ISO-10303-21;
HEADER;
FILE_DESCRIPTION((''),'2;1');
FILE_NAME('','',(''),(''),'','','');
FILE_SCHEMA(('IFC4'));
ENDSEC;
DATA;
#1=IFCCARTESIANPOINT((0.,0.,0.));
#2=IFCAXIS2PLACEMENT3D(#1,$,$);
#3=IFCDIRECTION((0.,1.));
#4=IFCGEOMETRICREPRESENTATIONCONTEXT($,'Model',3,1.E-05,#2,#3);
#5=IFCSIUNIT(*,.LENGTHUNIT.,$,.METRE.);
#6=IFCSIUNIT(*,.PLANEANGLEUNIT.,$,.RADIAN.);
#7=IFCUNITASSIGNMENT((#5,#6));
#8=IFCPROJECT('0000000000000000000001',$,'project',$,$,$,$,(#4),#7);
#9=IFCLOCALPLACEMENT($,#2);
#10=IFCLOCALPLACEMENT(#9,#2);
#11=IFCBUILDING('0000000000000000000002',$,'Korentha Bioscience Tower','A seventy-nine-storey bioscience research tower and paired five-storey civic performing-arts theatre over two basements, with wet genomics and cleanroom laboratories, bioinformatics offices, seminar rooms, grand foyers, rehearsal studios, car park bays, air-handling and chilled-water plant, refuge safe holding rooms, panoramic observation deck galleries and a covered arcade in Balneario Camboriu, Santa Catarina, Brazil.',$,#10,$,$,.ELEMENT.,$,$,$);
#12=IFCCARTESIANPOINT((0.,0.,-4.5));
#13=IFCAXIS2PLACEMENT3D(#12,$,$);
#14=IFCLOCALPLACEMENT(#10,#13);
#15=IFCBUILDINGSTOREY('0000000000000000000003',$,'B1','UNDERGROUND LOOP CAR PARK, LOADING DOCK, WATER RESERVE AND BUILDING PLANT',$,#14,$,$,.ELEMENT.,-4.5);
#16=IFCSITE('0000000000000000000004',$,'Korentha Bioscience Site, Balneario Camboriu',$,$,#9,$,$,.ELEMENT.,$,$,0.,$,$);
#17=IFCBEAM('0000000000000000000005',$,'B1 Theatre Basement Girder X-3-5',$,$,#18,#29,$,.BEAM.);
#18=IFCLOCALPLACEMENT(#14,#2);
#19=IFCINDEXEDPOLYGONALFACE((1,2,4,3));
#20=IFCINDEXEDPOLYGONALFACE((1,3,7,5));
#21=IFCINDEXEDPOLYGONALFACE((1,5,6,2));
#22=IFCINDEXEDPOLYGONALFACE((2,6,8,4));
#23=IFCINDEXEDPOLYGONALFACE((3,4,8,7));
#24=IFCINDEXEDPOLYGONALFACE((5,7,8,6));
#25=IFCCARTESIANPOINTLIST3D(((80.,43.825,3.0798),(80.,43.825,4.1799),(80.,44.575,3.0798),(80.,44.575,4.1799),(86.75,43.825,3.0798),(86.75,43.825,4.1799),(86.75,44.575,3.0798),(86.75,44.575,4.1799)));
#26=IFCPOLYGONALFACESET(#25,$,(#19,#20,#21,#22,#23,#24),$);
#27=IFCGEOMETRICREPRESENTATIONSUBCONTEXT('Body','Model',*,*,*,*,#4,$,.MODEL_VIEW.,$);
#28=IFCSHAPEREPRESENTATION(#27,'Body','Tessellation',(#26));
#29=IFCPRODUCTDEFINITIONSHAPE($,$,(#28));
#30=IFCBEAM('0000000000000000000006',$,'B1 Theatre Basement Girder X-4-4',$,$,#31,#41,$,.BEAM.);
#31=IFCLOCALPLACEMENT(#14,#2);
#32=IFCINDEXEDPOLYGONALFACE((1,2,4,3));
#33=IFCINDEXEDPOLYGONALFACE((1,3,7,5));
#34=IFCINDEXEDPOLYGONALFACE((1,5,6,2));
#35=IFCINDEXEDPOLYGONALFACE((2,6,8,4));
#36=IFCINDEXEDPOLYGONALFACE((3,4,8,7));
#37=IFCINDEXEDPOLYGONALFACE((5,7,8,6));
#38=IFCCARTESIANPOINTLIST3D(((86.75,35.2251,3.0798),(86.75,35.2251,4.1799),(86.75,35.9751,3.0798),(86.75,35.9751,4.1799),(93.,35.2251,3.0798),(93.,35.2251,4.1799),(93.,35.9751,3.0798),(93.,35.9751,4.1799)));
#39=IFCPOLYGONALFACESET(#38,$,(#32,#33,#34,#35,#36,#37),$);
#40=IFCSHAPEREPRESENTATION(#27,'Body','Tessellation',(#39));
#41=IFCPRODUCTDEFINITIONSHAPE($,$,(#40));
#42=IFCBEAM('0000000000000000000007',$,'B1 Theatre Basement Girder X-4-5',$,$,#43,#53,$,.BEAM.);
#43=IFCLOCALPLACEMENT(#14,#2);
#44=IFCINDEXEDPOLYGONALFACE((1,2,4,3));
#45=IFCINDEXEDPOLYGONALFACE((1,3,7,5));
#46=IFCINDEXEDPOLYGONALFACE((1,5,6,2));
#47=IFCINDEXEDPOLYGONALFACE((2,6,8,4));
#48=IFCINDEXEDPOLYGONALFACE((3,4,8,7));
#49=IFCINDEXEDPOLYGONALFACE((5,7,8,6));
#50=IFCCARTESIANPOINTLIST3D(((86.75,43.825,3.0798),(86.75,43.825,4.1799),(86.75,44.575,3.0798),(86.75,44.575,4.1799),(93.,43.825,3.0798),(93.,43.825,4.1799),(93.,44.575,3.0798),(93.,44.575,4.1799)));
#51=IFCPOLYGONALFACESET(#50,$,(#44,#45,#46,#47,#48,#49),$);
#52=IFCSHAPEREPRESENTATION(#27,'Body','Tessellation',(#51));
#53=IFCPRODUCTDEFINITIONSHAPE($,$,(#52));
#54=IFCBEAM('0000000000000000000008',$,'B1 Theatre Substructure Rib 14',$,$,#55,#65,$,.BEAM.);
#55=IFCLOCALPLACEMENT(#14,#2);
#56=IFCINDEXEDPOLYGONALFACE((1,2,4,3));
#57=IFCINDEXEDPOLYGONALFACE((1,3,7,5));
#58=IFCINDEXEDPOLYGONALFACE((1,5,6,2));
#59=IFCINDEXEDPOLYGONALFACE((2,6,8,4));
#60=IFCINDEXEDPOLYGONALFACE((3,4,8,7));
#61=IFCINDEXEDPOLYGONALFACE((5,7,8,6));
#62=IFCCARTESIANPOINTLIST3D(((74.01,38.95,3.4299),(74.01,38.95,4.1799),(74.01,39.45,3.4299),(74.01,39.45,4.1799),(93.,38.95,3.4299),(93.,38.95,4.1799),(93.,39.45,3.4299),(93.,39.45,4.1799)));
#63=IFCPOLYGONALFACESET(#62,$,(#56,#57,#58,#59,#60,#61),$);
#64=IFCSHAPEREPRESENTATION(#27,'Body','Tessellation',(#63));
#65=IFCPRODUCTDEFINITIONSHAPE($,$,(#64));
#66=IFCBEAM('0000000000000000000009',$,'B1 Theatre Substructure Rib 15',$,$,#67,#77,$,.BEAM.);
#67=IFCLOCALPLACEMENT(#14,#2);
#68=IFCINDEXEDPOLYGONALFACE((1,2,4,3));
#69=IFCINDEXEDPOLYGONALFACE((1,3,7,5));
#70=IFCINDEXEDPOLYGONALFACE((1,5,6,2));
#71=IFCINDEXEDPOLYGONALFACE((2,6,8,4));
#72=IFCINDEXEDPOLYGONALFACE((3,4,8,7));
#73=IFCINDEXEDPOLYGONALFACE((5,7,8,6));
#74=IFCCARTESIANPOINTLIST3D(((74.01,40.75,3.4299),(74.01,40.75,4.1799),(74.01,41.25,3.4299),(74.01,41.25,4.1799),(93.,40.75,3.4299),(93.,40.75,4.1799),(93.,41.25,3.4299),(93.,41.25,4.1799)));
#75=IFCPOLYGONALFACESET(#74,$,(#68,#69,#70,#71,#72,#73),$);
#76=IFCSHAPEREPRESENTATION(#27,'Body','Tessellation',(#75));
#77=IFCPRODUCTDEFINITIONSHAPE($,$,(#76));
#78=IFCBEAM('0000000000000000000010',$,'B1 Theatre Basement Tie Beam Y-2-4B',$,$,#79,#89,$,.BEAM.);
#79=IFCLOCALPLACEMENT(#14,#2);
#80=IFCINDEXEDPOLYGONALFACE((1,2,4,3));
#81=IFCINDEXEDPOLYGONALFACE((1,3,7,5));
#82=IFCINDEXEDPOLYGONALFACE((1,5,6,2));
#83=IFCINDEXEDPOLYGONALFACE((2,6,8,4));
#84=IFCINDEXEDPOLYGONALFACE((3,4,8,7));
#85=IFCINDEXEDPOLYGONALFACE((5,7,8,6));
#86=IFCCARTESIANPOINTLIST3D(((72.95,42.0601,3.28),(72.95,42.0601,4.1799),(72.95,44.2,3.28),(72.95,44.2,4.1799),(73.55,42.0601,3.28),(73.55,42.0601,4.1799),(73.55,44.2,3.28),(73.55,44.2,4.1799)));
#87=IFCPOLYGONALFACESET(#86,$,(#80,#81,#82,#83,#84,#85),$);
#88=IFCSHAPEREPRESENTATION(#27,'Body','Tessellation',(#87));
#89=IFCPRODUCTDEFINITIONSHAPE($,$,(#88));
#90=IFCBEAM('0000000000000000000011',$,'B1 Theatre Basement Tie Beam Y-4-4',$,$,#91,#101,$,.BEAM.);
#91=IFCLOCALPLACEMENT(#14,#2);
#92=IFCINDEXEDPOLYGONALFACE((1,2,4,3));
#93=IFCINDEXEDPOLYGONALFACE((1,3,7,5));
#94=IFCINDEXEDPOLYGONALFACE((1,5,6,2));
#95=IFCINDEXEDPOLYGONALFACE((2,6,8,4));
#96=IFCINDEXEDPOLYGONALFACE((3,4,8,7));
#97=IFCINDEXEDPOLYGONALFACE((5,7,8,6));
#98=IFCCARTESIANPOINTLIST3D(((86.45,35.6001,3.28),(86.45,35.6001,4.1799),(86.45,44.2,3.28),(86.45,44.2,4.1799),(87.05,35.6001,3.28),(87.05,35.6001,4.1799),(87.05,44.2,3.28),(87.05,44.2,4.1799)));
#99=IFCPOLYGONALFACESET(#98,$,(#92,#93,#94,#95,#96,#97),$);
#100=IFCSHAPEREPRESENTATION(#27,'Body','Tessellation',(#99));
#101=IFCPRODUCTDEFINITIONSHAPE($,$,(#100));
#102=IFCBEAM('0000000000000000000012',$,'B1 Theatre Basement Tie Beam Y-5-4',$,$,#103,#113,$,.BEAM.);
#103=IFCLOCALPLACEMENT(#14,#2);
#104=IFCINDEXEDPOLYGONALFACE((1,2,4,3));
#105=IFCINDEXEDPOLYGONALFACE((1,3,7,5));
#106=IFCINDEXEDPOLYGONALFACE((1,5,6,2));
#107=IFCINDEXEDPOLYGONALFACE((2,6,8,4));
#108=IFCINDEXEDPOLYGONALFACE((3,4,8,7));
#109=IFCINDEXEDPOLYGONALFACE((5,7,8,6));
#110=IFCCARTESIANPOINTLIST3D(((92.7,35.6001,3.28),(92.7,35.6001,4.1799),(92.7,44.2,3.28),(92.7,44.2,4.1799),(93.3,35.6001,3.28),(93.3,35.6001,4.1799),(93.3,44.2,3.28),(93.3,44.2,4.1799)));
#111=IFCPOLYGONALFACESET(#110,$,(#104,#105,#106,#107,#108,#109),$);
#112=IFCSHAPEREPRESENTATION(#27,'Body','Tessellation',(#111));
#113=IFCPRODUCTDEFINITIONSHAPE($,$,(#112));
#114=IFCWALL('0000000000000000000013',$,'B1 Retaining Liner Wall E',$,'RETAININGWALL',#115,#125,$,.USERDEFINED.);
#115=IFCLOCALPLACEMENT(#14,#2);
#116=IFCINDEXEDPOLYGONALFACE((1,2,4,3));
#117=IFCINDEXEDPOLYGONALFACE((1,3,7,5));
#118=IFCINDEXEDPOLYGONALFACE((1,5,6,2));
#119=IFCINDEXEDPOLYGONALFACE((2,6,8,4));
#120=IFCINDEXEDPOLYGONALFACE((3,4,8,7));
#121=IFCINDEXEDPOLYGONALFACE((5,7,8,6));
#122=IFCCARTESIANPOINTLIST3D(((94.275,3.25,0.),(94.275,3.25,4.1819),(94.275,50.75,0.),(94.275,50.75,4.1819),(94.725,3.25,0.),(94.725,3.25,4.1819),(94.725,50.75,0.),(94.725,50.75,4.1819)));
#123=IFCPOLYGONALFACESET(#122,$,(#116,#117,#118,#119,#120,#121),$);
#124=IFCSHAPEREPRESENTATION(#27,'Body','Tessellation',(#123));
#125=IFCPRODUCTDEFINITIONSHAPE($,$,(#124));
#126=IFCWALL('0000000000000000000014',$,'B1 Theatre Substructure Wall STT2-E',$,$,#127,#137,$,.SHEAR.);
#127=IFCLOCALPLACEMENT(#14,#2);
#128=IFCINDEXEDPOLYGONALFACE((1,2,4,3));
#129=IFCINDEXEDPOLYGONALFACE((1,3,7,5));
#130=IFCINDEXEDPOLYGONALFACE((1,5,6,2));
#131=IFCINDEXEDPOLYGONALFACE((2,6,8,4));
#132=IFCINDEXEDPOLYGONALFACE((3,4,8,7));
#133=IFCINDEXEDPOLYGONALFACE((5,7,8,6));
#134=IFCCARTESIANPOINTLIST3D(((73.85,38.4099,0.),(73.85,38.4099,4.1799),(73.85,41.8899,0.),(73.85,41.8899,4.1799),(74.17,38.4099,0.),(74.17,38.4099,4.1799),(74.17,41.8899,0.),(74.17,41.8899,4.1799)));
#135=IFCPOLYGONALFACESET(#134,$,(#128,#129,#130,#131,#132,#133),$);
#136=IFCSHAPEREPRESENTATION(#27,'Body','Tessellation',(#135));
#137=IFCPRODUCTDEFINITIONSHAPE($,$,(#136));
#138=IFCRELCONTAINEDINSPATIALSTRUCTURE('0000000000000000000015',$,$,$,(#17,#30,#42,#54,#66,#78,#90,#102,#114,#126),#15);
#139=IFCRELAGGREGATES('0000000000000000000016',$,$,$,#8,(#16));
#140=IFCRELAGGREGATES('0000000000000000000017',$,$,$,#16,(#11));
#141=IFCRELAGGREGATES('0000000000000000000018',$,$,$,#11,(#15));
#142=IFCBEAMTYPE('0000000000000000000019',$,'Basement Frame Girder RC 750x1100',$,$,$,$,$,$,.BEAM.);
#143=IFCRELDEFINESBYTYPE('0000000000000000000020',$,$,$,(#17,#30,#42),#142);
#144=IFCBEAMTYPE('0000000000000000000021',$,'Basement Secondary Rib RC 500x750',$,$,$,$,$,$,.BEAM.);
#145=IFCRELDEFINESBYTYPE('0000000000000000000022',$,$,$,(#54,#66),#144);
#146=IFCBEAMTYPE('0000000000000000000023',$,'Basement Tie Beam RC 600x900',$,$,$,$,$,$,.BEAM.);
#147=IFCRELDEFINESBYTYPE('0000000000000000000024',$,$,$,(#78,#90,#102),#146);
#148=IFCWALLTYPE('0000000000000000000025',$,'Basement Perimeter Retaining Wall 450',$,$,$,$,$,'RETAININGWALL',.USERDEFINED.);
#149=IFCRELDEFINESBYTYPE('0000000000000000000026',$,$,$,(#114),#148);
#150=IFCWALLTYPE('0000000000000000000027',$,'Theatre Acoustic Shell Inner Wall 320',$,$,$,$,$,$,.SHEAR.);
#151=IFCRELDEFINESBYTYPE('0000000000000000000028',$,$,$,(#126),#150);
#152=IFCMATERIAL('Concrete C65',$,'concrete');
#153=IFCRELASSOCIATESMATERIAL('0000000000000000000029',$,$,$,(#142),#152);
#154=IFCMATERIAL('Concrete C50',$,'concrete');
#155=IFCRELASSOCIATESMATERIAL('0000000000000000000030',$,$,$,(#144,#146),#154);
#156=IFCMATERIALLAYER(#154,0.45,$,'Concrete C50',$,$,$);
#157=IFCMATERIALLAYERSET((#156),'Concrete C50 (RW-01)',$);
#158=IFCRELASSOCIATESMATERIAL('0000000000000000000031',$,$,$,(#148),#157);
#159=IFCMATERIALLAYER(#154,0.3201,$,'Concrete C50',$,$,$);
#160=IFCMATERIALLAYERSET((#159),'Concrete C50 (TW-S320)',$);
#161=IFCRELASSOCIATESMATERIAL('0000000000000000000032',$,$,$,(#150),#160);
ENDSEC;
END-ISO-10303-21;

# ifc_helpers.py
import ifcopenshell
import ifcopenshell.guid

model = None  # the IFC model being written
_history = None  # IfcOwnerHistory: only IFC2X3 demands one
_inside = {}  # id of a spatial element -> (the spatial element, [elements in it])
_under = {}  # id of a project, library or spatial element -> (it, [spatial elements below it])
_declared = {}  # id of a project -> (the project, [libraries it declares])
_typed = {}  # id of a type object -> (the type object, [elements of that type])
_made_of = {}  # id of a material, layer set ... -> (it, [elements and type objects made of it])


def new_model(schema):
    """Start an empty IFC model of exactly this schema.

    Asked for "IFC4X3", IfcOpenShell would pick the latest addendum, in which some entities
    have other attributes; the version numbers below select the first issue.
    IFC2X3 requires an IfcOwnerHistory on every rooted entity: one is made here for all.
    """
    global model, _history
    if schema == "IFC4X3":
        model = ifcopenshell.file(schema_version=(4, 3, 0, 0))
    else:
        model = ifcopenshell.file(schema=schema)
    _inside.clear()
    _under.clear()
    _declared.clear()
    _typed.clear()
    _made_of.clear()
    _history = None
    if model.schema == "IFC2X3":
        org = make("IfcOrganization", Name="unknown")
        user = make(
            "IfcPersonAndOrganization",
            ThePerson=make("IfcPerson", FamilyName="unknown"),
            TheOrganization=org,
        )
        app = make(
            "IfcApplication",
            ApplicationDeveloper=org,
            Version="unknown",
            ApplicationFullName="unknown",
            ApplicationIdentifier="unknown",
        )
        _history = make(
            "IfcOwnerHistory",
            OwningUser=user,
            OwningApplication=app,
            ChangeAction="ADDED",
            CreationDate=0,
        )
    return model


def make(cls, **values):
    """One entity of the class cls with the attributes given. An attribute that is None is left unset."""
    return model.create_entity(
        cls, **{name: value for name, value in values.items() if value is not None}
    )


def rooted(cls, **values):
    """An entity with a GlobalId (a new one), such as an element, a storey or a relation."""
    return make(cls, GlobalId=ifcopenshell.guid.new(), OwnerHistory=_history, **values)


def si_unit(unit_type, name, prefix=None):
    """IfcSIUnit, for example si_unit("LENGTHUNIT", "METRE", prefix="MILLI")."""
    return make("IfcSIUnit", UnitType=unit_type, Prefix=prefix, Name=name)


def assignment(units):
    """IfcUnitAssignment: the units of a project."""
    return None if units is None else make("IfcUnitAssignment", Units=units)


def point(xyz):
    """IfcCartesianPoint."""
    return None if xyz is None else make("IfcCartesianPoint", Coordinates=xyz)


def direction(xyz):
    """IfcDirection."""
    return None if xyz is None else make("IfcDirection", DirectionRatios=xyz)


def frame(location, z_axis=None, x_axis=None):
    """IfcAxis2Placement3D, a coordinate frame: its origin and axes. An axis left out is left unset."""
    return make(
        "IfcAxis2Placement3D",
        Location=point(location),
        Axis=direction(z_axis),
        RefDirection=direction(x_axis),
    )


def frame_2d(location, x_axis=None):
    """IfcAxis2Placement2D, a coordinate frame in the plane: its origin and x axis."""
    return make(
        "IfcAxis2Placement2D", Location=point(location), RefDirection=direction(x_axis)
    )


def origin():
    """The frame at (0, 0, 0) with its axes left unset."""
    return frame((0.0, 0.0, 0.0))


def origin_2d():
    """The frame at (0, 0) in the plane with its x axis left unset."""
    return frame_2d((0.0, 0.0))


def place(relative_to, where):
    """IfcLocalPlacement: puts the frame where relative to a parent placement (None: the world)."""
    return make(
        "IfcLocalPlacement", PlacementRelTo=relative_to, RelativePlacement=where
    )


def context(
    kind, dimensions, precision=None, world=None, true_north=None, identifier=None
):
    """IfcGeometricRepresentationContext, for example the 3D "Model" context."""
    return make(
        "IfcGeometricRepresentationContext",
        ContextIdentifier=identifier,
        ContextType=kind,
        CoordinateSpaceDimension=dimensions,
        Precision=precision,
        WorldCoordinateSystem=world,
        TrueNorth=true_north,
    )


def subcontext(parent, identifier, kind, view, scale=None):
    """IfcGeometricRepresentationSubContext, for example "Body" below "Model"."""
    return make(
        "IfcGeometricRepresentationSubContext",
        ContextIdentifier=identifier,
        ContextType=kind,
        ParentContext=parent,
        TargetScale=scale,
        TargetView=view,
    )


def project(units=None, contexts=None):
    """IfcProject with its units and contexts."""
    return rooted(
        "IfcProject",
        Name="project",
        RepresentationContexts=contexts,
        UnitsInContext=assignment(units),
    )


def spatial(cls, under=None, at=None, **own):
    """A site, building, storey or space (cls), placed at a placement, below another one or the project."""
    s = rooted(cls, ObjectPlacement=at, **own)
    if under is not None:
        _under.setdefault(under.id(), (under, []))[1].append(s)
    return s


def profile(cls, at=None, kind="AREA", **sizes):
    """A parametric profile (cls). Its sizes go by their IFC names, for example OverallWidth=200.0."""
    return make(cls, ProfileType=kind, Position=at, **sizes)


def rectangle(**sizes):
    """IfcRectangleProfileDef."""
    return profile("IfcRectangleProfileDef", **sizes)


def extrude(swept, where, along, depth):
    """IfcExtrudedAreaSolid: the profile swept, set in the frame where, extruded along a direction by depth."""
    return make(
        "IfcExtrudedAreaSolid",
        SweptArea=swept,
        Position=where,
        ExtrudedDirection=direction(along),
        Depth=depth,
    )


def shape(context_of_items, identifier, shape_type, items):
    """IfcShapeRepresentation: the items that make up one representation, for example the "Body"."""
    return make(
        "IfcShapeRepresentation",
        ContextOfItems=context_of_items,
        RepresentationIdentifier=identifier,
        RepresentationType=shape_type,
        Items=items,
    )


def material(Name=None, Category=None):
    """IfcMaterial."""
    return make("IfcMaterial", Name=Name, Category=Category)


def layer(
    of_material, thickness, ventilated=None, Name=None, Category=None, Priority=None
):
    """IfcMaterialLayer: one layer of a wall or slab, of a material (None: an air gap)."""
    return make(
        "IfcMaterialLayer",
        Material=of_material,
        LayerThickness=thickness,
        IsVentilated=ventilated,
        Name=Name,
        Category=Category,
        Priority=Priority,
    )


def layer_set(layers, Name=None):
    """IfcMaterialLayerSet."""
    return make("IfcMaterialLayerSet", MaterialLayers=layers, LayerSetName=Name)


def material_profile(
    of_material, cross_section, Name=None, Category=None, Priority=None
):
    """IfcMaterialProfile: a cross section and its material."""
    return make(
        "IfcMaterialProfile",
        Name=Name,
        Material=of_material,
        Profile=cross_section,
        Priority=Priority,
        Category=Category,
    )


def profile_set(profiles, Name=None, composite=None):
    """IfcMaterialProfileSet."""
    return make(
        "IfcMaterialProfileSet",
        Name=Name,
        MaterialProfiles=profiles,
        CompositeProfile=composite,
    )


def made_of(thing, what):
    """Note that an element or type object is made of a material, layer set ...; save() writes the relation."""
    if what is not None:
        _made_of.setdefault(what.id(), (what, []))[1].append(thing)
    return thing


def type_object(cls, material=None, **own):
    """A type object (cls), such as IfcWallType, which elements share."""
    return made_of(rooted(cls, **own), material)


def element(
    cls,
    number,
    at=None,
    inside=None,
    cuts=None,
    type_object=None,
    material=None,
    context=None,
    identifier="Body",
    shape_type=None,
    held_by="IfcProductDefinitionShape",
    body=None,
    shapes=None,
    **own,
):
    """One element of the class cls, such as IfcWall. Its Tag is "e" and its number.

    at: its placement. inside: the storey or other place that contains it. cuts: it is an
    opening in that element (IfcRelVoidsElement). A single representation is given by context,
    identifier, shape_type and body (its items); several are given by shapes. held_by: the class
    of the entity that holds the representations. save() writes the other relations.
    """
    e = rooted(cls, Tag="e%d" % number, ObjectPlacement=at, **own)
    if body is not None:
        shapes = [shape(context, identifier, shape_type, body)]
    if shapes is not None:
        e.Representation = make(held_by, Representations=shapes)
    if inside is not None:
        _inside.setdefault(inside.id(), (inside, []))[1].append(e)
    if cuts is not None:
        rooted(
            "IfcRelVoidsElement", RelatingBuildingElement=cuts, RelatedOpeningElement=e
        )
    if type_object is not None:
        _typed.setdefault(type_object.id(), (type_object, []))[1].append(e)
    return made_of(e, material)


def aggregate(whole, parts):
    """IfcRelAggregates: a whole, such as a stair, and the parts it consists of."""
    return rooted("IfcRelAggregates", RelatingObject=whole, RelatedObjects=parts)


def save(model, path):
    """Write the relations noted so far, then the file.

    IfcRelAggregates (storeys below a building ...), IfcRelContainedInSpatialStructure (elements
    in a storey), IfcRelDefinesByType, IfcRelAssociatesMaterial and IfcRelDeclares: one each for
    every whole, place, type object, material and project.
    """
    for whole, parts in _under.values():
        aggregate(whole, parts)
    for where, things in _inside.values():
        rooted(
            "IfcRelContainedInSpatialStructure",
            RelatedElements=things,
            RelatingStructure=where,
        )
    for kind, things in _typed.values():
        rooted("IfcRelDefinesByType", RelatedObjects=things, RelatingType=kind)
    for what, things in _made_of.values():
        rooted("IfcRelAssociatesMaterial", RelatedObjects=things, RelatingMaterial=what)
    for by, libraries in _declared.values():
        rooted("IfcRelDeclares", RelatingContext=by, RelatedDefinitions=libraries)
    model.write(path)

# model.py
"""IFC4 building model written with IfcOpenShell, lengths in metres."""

from ifc_helpers import new_model, si_unit, direction, frame, frame_2d, origin, origin_2d, place, context, subcontext, project, spatial, rectangle, extrude, material, layer, layer_set, material_profile, profile_set, type_object, element, save


model = new_model("IFC4")

# Units and contexts
model_context = context("Model", 3, precision=1e-05, world=origin(), true_north=direction((0.0, 1.0)))
body_context = subcontext(model_context, "Body", "Model", "MODEL_VIEW")
ifc_project = project(units=[si_unit("LENGTHUNIT", "METRE"), si_unit("PLANEANGLEUNIT", "RADIAN")], contexts=[model_context])

# Site, building, storey
site_placement = place(None, origin())
site = spatial("IfcSite", under=ifc_project, at=site_placement, Name="Korentha Bioscience Site, Balneario Camboriu", CompositionType="ELEMENT", RefElevation=0.0)
building_placement = place(site_placement, origin())
building = spatial("IfcBuilding", under=site, at=building_placement, Name="Korentha Bioscience Tower", Description="A seventy-nine-storey bioscience research tower and paired five-storey civic performing-arts theatre over two basements, with wet genomics and cleanroom laboratories, bioinformatics offices, seminar rooms, grand foyers, rehearsal studios, car park bays, air-handling and chilled-water plant, refuge safe holding rooms, panoramic observation deck galleries and a covered arcade in Balneario Camboriu, Santa Catarina, Brazil.", CompositionType="ELEMENT")
storey_placement = place(building_placement, frame((0.0, 0.0, -4.5)))
storey = spatial("IfcBuildingStorey", under=building, at=storey_placement, Name="B1", Description="UNDERGROUND LOOP CAR PARK, LOADING DOCK, WATER RESERVE AND BUILDING PLANT", CompositionType="ELEMENT", Elevation=-4.5)

# Shared definitions
ifc_material_1 = material(Name="Concrete C65", Category="concrete")
ifc_material_2 = material(Name="Concrete C50", Category="concrete")

# Beams
ifc_material_profile_1 = material_profile(ifc_material_1, rectangle(XDim=0.75, YDim=1.1001, at=origin_2d()), Name="Concrete C65")
ifc_profile_set_1 = profile_set([ifc_material_profile_1], Name="Concrete C65 (BB-750)")
beam_type_1 = type_object("IfcBeamType", Name="Basement Frame Girder RC 750x1100", PredefinedType="BEAM", material=ifc_profile_set_1)
beam_1_placement = place(storey_placement, frame((80.0, 44.2, 3.6299), z_axis=(1.0, 0.0, 0.0), x_axis=(0.0, 1.0, 0.0)))
element("IfcBeam", 1, at=beam_1_placement, inside=storey, type_object=beam_type_1, Name="B1 Theatre Basement Girder X-3-5", PredefinedType="BEAM", context=body_context, shape_type="SweptSolid", body=[
    extrude(rectangle(XDim=0.75, YDim=1.1001, at=origin_2d()), origin(), (0.0, 0.0, 1.0), 6.75),
])
for number, where, z_axis, x_axis, name in (
    (2, (86.75, 35.6001, 3.6299), (1.0, 0.0, 0.0), (0.0, 1.0, 0.0), "B1 Theatre Basement Girder X-4-4"),
    (3, (86.75, 44.2, 3.6299), (1.0, 0.0, 0.0), (0.0, 1.0, 0.0), "B1 Theatre Basement Girder X-4-5"),
):
    element("IfcBeam", number, at=place(storey_placement, frame(where, z_axis=z_axis, x_axis=x_axis)), inside=storey, type_object=beam_type_1, Name=name, PredefinedType="BEAM", context=body_context, shape_type="SweptSolid", body=[
        extrude(rectangle(XDim=0.75, YDim=1.1001, at=origin_2d()), origin(), (0.0, 0.0, 1.0), 6.25),
    ])
ifc_material_profile_2 = material_profile(ifc_material_2, rectangle(XDim=0.5, YDim=0.75, at=origin_2d()), Name="Concrete C50")
ifc_profile_set_2 = profile_set([ifc_material_profile_2], Name="Concrete C50 (BB-500)")
beam_type_2 = type_object("IfcBeamType", Name="Basement Secondary Rib RC 500x750", PredefinedType="BEAM", material=ifc_profile_set_2)
for number, where, z_axis, x_axis, name in (
    (4, (74.01, 39.2, 3.8049), (1.0, 0.0, 0.0), (0.0, 1.0, 0.0), "B1 Theatre Substructure Rib 14"),
    (5, (74.01, 41.0, 3.8049), (1.0, 0.0, 0.0), (0.0, 1.0, 0.0), "B1 Theatre Substructure Rib 15"),
):
    element("IfcBeam", number, at=place(storey_placement, frame(where, z_axis=z_axis, x_axis=x_axis)), inside=storey, type_object=beam_type_2, Name=name, PredefinedType="BEAM", context=body_context, shape_type="SweptSolid", body=[
        extrude(rectangle(XDim=0.5, YDim=0.75, at=origin_2d()), origin(), (0.0, 0.0, 1.0), 18.99),
    ])
ifc_material_profile_3 = material_profile(ifc_material_2, rectangle(XDim=0.6001, YDim=0.8999, at=origin_2d()), Name="Concrete C50")
ifc_profile_set_3 = profile_set([ifc_material_profile_3], Name="Concrete C50 (BB-600)")
beam_type_3 = type_object("IfcBeamType", Name="Basement Tie Beam RC 600x900", PredefinedType="BEAM", material=ifc_profile_set_3)
beam_2_placement = place(storey_placement, frame((73.25, 42.0601, 3.73), z_axis=(0.0, 1.0, 0.0), x_axis=(-1.0, 0.0, 0.0)))
element("IfcBeam", 6, at=beam_2_placement, inside=storey, type_object=beam_type_3, Name="B1 Theatre Basement Tie Beam Y-2-4B", PredefinedType="BEAM", context=body_context, shape_type="SweptSolid", body=[
    extrude(rectangle(XDim=0.6001, YDim=0.8999, at=origin_2d()), origin(), (0.0, 0.0, 1.0), 2.1399),
])
for number, where, z_axis, x_axis, name in (
    (7, (86.75, 35.6001, 3.73), (0.0, 1.0, 0.0), (-1.0, 0.0, 0.0), "B1 Theatre Basement Tie Beam Y-4-4"),
    (8, (93.0, 35.6001, 3.73), (0.0, 1.0, 0.0), (-1.0, 0.0, 0.0), "B1 Theatre Basement Tie Beam Y-5-4"),
):
    element("IfcBeam", number, at=place(storey_placement, frame(where, z_axis=z_axis, x_axis=x_axis)), inside=storey, type_object=beam_type_3, Name=name, PredefinedType="BEAM", context=body_context, shape_type="SweptSolid", body=[
        extrude(rectangle(XDim=0.6001, YDim=0.8999, at=origin_2d()), origin(), (0.0, 0.0, 1.0), 8.5999),
    ])

# Walls
ifc_layer_1 = layer(ifc_material_2, 0.45, Name="Concrete C50")
ifc_layer_set_1 = layer_set([ifc_layer_1], Name="Concrete C50 (RW-01)")
wall_type_1 = type_object("IfcWallType", Name="Basement Perimeter Retaining Wall 450", ElementType="RETAININGWALL", PredefinedType="USERDEFINED", material=ifc_layer_set_1)
wall_1_placement = place(storey_placement, frame((94.5, 50.75, 0.0), z_axis=(0.0, 0.0, 1.0), x_axis=(0.0, -1.0, 0.0)))
element("IfcWall", 9, at=wall_1_placement, inside=storey, type_object=wall_type_1, Name="B1 Retaining Liner Wall E", ObjectType="RETAININGWALL", PredefinedType="USERDEFINED", context=body_context, shape_type="SweptSolid", body=[
    extrude(rectangle(XDim=47.5, YDim=0.45, at=frame_2d((23.75, 0.0))), origin(), (0.0, 0.0, 1.0), 4.1819),
])
ifc_layer_2 = layer(ifc_material_2, 0.3201, Name="Concrete C50")
ifc_layer_set_2 = layer_set([ifc_layer_2], Name="Concrete C50 (TW-S320)")
wall_type_2 = type_object("IfcWallType", Name="Theatre Acoustic Shell Inner Wall 320", PredefinedType="SHEAR", material=ifc_layer_set_2)
wall_2_placement = place(storey_placement, frame((74.01, 38.4099, 0.0), z_axis=(0.0, 0.0, 1.0), x_axis=(0.0, 1.0, 0.0)))
element("IfcWall", 10, at=wall_2_placement, inside=storey, type_object=wall_type_2, Name="B1 Theatre Substructure Wall STT2-E", PredefinedType="SHEAR", context=body_context, shape_type="SweptSolid", body=[
    extrude(rectangle(XDim=3.48, YDim=0.3201, at=frame_2d((1.74, 0.0))), origin(), (0.0, 0.0, 1.0), 4.1799),
])

save(model, "model.ifc")
